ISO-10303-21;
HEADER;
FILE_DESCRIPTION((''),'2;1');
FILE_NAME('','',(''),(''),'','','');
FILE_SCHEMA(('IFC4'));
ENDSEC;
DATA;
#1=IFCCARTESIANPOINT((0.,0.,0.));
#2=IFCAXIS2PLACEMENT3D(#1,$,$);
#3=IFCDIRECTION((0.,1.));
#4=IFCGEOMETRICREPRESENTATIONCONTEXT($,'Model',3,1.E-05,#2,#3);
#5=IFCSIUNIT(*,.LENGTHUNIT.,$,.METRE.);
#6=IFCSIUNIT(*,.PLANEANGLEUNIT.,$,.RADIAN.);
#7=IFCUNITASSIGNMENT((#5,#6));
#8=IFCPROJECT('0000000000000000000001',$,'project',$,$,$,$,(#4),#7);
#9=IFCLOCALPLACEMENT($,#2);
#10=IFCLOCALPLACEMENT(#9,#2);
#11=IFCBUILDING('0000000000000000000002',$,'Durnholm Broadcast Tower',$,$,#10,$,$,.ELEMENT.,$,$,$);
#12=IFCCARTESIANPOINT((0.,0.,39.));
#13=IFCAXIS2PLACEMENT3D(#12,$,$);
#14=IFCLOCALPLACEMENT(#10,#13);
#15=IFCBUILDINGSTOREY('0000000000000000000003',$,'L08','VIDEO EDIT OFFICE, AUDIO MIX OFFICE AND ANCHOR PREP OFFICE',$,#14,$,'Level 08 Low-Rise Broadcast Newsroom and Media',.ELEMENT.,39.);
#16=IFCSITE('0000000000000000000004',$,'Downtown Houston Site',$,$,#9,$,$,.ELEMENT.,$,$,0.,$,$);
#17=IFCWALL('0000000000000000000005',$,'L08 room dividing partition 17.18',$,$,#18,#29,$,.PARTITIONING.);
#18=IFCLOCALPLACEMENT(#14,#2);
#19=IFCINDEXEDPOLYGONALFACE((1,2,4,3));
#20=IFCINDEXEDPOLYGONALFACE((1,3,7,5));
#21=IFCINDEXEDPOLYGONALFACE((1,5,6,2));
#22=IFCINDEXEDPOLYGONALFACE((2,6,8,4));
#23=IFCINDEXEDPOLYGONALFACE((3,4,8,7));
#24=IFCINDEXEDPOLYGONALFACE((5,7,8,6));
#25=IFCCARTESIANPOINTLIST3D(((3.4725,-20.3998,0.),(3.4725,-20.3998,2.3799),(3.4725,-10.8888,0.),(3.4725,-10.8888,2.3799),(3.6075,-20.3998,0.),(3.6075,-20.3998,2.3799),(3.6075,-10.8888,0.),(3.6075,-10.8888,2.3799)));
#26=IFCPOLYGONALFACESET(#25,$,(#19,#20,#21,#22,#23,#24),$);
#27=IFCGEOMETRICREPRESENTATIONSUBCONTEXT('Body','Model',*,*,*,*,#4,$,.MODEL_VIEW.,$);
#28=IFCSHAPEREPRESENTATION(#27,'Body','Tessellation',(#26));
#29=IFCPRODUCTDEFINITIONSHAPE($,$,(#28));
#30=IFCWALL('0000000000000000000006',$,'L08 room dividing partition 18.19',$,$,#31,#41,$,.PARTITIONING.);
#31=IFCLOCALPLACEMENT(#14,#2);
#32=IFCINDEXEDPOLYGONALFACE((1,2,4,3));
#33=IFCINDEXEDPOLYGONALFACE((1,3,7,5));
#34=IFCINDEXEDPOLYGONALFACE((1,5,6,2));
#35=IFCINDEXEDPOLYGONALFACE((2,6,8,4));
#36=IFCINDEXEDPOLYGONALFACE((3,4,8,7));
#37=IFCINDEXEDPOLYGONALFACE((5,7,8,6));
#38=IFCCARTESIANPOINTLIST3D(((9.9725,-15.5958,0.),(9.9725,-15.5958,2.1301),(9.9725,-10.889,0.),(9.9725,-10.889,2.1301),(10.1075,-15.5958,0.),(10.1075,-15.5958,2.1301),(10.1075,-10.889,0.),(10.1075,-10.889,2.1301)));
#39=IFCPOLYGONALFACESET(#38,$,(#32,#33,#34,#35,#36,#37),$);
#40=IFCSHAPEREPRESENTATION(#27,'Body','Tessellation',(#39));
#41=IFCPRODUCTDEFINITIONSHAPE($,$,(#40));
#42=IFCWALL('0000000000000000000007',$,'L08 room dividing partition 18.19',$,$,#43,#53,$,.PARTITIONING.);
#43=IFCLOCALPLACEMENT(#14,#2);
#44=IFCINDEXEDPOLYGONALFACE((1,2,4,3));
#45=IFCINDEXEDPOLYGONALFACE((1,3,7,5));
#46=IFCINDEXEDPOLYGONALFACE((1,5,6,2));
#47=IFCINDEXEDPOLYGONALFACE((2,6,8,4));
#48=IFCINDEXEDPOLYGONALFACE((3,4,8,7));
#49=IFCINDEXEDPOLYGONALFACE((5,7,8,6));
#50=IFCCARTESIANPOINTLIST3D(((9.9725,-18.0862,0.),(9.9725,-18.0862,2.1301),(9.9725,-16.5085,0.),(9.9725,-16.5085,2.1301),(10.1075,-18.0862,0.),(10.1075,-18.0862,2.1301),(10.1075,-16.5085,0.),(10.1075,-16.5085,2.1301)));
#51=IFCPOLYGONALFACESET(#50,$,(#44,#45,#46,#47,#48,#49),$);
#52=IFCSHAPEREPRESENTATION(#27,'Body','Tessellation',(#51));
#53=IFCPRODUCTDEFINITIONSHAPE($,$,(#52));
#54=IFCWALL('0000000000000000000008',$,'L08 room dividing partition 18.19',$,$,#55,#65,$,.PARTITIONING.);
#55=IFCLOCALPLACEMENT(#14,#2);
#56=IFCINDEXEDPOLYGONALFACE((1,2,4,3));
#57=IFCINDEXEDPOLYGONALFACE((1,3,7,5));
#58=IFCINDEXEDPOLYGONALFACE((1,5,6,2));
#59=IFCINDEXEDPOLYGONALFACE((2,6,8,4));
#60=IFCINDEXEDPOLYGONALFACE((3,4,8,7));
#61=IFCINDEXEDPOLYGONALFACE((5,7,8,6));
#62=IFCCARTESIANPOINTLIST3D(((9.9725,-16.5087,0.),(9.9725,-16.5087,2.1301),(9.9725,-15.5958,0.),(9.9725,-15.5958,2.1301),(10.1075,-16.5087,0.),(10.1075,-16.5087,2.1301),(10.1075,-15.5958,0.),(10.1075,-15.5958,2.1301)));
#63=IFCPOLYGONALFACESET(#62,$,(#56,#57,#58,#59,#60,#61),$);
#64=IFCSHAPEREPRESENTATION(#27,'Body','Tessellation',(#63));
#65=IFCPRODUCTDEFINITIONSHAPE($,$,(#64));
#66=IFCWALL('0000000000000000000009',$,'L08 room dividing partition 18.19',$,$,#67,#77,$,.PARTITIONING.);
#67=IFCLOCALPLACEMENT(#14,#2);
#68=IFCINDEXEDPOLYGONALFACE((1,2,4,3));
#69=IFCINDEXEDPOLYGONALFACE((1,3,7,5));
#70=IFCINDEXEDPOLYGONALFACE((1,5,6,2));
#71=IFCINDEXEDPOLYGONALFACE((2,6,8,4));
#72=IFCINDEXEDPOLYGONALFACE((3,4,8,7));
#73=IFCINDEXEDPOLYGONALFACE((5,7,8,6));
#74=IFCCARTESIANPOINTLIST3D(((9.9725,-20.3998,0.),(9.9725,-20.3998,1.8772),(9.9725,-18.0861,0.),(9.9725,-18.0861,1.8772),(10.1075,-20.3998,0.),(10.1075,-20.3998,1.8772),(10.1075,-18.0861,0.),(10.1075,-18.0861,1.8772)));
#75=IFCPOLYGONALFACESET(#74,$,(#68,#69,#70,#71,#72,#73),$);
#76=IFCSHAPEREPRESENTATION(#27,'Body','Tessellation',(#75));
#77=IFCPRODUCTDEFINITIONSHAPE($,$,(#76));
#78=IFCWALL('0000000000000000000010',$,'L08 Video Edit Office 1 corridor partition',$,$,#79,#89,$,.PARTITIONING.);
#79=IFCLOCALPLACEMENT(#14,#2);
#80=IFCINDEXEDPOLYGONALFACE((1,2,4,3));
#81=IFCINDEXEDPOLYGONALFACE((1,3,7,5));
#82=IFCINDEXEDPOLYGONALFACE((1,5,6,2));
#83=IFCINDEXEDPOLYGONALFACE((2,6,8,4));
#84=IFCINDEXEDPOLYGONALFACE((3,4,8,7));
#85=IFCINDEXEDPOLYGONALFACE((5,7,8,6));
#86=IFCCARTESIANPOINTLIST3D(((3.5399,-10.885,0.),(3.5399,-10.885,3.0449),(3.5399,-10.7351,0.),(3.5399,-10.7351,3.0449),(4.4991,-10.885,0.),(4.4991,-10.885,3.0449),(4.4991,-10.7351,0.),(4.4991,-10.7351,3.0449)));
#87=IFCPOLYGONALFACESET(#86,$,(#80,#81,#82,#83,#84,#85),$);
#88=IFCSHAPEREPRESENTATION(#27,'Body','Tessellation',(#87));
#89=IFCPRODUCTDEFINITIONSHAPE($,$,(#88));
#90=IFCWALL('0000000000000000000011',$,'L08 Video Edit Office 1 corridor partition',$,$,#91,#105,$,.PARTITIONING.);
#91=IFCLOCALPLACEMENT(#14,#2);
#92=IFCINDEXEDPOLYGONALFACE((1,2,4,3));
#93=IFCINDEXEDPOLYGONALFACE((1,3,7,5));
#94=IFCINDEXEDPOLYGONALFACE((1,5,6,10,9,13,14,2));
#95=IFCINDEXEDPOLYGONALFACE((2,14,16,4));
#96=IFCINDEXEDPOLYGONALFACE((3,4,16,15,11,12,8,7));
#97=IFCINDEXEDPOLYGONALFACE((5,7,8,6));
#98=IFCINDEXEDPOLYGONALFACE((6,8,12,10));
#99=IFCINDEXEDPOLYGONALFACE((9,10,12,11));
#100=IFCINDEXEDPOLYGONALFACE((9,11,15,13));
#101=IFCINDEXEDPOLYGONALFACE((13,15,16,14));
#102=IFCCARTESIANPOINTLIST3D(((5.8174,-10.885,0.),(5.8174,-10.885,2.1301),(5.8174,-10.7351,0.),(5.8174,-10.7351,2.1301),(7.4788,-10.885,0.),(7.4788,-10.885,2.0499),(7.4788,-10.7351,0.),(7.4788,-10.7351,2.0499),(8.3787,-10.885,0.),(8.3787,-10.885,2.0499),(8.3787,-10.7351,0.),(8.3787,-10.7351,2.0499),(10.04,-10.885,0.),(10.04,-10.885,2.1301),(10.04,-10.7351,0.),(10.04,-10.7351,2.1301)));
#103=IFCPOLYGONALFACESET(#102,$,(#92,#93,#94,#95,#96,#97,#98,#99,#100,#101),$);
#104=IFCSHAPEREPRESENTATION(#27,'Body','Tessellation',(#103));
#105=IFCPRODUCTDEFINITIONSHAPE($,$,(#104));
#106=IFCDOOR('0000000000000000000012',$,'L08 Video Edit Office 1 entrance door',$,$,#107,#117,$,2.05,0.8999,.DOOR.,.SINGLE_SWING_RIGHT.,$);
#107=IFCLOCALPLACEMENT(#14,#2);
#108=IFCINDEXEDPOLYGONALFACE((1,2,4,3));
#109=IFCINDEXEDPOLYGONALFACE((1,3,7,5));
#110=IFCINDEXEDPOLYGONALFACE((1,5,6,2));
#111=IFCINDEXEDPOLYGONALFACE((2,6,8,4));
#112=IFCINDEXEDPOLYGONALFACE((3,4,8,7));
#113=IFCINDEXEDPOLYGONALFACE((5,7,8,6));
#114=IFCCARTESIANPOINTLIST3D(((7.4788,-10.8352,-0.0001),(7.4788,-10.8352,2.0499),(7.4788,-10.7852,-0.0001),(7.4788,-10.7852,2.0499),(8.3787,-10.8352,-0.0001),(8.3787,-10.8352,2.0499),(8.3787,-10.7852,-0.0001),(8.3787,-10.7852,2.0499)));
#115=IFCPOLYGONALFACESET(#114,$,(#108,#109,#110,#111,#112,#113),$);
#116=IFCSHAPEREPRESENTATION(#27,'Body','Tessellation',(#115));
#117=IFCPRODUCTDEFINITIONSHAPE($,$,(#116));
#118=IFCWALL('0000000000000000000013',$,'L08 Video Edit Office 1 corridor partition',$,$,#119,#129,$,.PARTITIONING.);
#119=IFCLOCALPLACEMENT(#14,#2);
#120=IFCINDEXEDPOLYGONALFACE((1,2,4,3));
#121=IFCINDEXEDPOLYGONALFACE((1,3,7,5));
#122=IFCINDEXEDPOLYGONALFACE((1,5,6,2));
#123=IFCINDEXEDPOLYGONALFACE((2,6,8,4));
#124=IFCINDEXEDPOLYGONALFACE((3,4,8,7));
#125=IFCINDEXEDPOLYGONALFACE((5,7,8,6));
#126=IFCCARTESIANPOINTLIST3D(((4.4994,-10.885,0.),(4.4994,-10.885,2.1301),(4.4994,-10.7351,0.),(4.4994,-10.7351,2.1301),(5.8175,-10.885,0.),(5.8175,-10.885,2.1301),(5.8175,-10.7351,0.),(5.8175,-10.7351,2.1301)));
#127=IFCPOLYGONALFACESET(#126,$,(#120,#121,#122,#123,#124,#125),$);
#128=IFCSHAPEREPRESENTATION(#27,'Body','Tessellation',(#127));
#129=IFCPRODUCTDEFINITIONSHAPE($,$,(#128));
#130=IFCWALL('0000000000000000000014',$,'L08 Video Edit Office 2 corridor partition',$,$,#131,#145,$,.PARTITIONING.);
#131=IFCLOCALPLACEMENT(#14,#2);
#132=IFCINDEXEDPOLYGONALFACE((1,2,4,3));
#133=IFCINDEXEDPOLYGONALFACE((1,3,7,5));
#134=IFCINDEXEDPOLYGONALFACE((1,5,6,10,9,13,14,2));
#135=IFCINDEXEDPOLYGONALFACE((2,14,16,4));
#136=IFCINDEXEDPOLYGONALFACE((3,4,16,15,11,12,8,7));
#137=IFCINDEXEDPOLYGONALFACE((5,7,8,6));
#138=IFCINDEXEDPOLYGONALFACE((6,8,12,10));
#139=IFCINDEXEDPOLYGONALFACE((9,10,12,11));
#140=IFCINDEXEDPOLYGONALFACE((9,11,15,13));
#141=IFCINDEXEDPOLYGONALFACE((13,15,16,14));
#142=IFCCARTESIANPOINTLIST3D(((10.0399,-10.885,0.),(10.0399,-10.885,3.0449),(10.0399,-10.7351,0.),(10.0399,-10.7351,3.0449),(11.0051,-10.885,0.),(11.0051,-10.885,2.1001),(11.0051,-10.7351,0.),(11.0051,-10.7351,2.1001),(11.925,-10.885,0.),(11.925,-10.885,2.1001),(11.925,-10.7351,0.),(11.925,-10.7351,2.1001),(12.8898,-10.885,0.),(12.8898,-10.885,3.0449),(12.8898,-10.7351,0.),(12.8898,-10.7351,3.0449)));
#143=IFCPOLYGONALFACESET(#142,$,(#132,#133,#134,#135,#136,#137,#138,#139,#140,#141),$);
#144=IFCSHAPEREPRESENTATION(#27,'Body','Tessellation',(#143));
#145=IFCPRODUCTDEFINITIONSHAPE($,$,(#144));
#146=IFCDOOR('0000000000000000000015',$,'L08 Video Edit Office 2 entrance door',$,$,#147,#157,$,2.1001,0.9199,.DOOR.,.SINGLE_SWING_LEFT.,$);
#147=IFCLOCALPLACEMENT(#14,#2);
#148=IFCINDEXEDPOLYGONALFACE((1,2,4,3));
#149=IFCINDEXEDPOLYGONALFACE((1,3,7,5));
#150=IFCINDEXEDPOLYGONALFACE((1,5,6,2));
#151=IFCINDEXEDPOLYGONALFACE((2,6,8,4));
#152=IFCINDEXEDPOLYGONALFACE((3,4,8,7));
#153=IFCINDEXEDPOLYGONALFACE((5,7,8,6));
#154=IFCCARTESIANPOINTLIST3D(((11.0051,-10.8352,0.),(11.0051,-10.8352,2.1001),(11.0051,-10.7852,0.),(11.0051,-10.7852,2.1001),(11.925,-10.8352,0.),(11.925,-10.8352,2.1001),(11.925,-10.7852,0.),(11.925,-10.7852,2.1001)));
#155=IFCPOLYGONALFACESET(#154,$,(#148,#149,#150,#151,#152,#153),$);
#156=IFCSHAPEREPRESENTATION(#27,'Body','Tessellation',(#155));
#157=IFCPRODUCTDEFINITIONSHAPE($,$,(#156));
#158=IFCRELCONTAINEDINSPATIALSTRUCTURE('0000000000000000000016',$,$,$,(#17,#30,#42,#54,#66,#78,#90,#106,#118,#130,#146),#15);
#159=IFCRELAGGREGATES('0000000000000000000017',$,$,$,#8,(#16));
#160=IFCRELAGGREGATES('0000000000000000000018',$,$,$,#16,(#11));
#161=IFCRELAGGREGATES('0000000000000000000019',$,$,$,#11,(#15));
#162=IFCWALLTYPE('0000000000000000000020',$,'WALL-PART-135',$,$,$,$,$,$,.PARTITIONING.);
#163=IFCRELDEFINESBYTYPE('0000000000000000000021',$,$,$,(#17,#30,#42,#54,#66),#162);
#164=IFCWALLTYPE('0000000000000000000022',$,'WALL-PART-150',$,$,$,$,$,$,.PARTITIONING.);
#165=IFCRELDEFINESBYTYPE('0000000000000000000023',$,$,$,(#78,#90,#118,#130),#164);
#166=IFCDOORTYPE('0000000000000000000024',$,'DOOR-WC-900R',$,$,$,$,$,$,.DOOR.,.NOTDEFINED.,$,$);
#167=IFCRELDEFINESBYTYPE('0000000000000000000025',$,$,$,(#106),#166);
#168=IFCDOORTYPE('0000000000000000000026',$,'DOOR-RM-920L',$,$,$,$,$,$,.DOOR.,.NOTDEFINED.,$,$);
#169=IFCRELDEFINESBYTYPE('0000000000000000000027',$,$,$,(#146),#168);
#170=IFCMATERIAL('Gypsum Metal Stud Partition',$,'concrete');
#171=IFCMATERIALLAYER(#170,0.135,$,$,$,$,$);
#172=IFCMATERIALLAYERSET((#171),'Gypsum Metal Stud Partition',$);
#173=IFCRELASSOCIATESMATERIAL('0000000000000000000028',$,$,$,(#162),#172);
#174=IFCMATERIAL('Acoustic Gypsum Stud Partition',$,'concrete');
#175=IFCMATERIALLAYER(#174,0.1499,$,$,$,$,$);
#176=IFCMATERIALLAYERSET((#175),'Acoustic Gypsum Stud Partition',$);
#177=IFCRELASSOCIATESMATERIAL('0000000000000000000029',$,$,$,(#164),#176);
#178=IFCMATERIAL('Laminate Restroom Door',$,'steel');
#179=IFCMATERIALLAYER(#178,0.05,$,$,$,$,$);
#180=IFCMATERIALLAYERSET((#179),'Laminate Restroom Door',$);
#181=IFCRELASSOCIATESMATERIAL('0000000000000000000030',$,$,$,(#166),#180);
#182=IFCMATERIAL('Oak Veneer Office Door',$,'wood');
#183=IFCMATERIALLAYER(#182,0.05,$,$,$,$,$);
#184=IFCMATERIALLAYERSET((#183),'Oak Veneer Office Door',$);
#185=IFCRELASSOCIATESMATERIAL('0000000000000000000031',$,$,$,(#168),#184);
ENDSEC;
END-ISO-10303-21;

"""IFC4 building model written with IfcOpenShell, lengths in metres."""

from ifc_helpers import new_model, si_unit, direction, frame, frame_2d, origin, place, context, subcontext, project, spatial, rectangle, extrude, source, transform, mapped, material, layer, layer_set, type_object, type_shapes, element, fill, save


model = new_model("IFC4")

# Units and contexts
model_context = context("Model", 3, precision=1e-05, world=origin(), true_north=direction((0.0, 1.0)))
body_context = subcontext(model_context, "Body", "Model", "MODEL_VIEW")
ifc_project = project(units=[si_unit("LENGTHUNIT", "METRE"), si_unit("PLANEANGLEUNIT", "RADIAN")], contexts=[model_context])

# Site, building, storey
site_placement = place(None, origin())
site = spatial("IfcSite", under=ifc_project, at=site_placement, Name="Downtown Houston Site", CompositionType="ELEMENT", RefElevation=0.0)
building_placement = place(site_placement, origin())
building = spatial("IfcBuilding", under=site, at=building_placement, Name="Durnholm Broadcast Tower", CompositionType="ELEMENT")
storey_placement = place(building_placement, frame((0.0, 0.0, 39.0)))
storey = spatial("IfcBuildingStorey", under=building, at=storey_placement, Name="L08", Description="VIDEO EDIT OFFICE, AUDIO MIX OFFICE AND ANCHOR PREP OFFICE", LongName="Level 08 Low-Rise Broadcast Newsroom and Media", CompositionType="ELEMENT", Elevation=39.0)

# Walls
ifc_material_1 = material(Name="Gypsum Metal Stud Partition", Category="concrete")
ifc_layer_1 = layer(ifc_material_1, 0.135)
ifc_layer_set_1 = layer_set([ifc_layer_1], Name="Gypsum Metal Stud Partition")
wall_type_1 = type_object("IfcWallType", Name="WALL-PART-135", PredefinedType="PARTITIONING", material=ifc_layer_set_1)
wall_1_placement = place(storey_placement, frame((3.54, -10.8889, 0.0), z_axis=(0.0, 0.0, 1.0), x_axis=(0.0, -1.0, 0.0)))
element("IfcWall", 1, at=wall_1_placement, inside=storey, type_object=wall_type_1, Name="L08 room dividing partition 17.18", PredefinedType="PARTITIONING", context=body_context, shape_type="SweptSolid", body=[
    extrude(rectangle(XDim=9.511, YDim=0.135, at=frame_2d((4.7554, 0.0))), origin(), (0.0, 0.0, 1.0), 2.3799),
])
wall_2_placement = place(storey_placement, frame((10.04, -10.8889, 0.0), z_axis=(0.0, 0.0, 1.0), x_axis=(0.0, -1.0, 0.0)))
element("IfcWall", 2, at=wall_2_placement, inside=storey, type_object=wall_type_1, Name="L08 room dividing partition 18.19", PredefinedType="PARTITIONING", context=body_context, shape_type="SweptSolid", body=[
    extrude(rectangle(XDim=4.7068, YDim=0.135, at=frame_2d((2.3535, 0.0))), origin(), (0.0, 0.0, 1.0), 2.1301),
])
wall_3_placement = place(storey_placement, frame((10.04, -16.5085, 0.0), z_axis=(0.0, 0.0, 1.0), x_axis=(0.0, -1.0, 0.0)))
element("IfcWall", 3, at=wall_3_placement, inside=storey, type_object=wall_type_1, Name="L08 room dividing partition 18.19", PredefinedType="PARTITIONING", context=body_context, shape_type="SweptSolid", body=[
    extrude(rectangle(XDim=1.5776, YDim=0.135, at=frame_2d((0.7888, 0.0))), origin(), (0.0, 0.0, 1.0), 2.1301),
])
wall_4_placement = place(storey_placement, frame((10.04, -15.5957, 0.0), z_axis=(0.0, 0.0, 1.0), x_axis=(0.0, -1.0, 0.0)))
element("IfcWall", 4, at=wall_4_placement, inside=storey, type_object=wall_type_1, Name="L08 room dividing partition 18.19", PredefinedType="PARTITIONING", context=body_context, shape_type="SweptSolid", body=[
    extrude(rectangle(XDim=0.9128, YDim=0.135, at=frame_2d((0.4565, 0.0))), origin(), (0.0, 0.0, 1.0), 2.1301),
])
wall_5_placement = place(storey_placement, frame((10.04, -18.0862, 0.0), z_axis=(0.0, 0.0, 1.0), x_axis=(0.0, -1.0, 0.0)))
element("IfcWall", 5, at=wall_5_placement, inside=storey, type_object=wall_type_1, Name="L08 room dividing partition 18.19", PredefinedType="PARTITIONING", context=body_context, shape_type="SweptSolid", body=[
    extrude(rectangle(XDim=2.3137, YDim=0.135, at=frame_2d((1.1567, 0.0))), origin(), (0.0, 0.0, 1.0), 1.8772),
])
ifc_material_2 = material(Name="Acoustic Gypsum Stud Partition", Category="concrete")
ifc_layer_2 = layer(ifc_material_2, 0.1499)
ifc_layer_set_2 = layer_set([ifc_layer_2], Name="Acoustic Gypsum Stud Partition")
wall_type_2 = type_object("IfcWallType", Name="WALL-PART-150", PredefinedType="PARTITIONING", material=ifc_layer_set_2)
wall_6_placement = place(storey_placement, frame((3.54, -10.8101, 0.0), z_axis=(0.0, 0.0, 1.0), x_axis=(1.0, 0.0, 0.0)))
element("IfcWall", 6, at=wall_6_placement, inside=storey, type_object=wall_type_2, Name="L08 Video Edit Office 1 corridor partition", PredefinedType="PARTITIONING", context=body_context, shape_type="SweptSolid", body=[
    extrude(rectangle(XDim=0.9592, YDim=0.1499, at=frame_2d((0.4795, 0.0))), origin(), (0.0, 0.0, 1.0), 3.0449),
])

# Wall, opening, door
wall_7_placement = place(storey_placement, frame((5.8174, -10.8101, 0.0), z_axis=(0.0, 0.0, 1.0), x_axis=(1.0, 0.0, 0.0)))
wall_7 = element("IfcWall", 7, at=wall_7_placement, inside=storey, type_object=wall_type_2, Name="L08 Video Edit Office 1 corridor partition", PredefinedType="PARTITIONING", context=body_context, shape_type="SweptSolid", body=[
    extrude(rectangle(XDim=4.2227, YDim=0.1499, at=frame_2d((2.1113, 0.0))), origin(), (0.0, 0.0, 1.0), 2.1301),
])
opening_1_placement = place(wall_7_placement, frame((1.6614, 0.0, 0.0)))
opening_1 = element("IfcOpeningElement", 8, at=opening_1_placement, cuts=wall_7, PredefinedType="OPENING", context=body_context, shape_type="SweptSolid", body=[
    extrude(rectangle(XDim=0.8999, YDim=2.05, at=frame_2d((0.45, 1.0249))), frame((0.0, 0.085, 0.0), z_axis=(0.0, -1.0, 0.0), x_axis=(1.0, 0.0, 0.0)), (0.0, 0.0, 1.0), 0.1699),
])
ifc_material_3 = material(Name="Laminate Restroom Door", Category="steel")
ifc_layer_3 = layer(ifc_material_3, 0.05)
ifc_layer_set_3 = layer_set([ifc_layer_3], Name="Laminate Restroom Door")
door_type_1 = type_object("IfcDoorType", Name="DOOR-WC-900R", OperationType="NOTDEFINED", PredefinedType="DOOR", material=ifc_layer_set_3)
shared_shape_1 = source(origin(), body_context, "Body", "SweptSolid", [
    extrude(rectangle(XDim=0.8999, YDim=2.05, at=frame_2d((0.45, 1.0249))), frame((0.0, 0.0249, 0.0), z_axis=(0.0, -1.0, 0.0), x_axis=(1.0, 0.0, 0.0)), (0.0, 0.0, 1.0), 0.05),
])
type_shapes(door_type_1, [shared_shape_1])
door_1_placement = place(opening_1_placement, origin())
door_1 = element("IfcDoor", 9, at=door_1_placement, inside=storey, type_object=door_type_1, Name="L08 Video Edit Office 1 entrance door", OperationType="SINGLE_SWING_RIGHT", OverallHeight=2.05, OverallWidth=0.8999, PredefinedType="DOOR", context=body_context, shape_type="MappedRepresentation", body=[
    mapped(shared_shape_1, transform((0.0, 0.0, 0.0), x_axis=(1.0, 0.0, 0.0), y_axis=(0.0, 1.0, 0.0), z_axis=(0.0, 0.0, 1.0), scale=1.0)),
])
fill(opening_1, door_1)

# Wall
wall_8_placement = place(storey_placement, frame((4.4993, -10.8101, 0.0), z_axis=(0.0, 0.0, 1.0), x_axis=(1.0, 0.0, 0.0)))
element("IfcWall", 10, at=wall_8_placement, inside=storey, type_object=wall_type_2, Name="L08 Video Edit Office 1 corridor partition", PredefinedType="PARTITIONING", context=body_context, shape_type="SweptSolid", body=[
    extrude(rectangle(XDim=1.3181, YDim=0.1499, at=frame_2d((0.6592, 0.0))), origin(), (0.0, 0.0, 1.0), 2.1301),
])

# Wall, opening, door
wall_9_placement = place(storey_placement, frame((10.04, -10.8101, 0.0), z_axis=(0.0, 0.0, 1.0), x_axis=(1.0, 0.0, 0.0)))
wall_9 = element("IfcWall", 11, at=wall_9_placement, inside=storey, type_object=wall_type_2, Name="L08 Video Edit Office 2 corridor partition", PredefinedType="PARTITIONING", context=body_context, shape_type="SweptSolid", body=[
    extrude(rectangle(XDim=2.8499, YDim=0.1499, at=frame_2d((1.4248, 0.0))), origin(), (0.0, 0.0, 1.0), 3.0449),
])
opening_2_placement = place(wall_9_placement, frame((0.9651, 0.0, 0.0)))
opening_2 = element("IfcOpeningElement", 12, at=opening_2_placement, cuts=wall_9, PredefinedType="OPENING", context=body_context, shape_type="SweptSolid", body=[
    extrude(rectangle(XDim=0.9199, YDim=2.1001, at=frame_2d((0.46, 1.05))), frame((0.0, 0.085, 0.0), z_axis=(0.0, -1.0, 0.0), x_axis=(1.0, 0.0, 0.0)), (0.0, 0.0, 1.0), 0.1699),
])
ifc_material_4 = material(Name="Oak Veneer Office Door", Category="wood")
ifc_layer_4 = layer(ifc_material_4, 0.05)
ifc_layer_set_4 = layer_set([ifc_layer_4], Name="Oak Veneer Office Door")
door_type_2 = type_object("IfcDoorType", Name="DOOR-RM-920L", OperationType="NOTDEFINED", PredefinedType="DOOR", material=ifc_layer_set_4)
shared_shape_2 = source(origin(), body_context, "Body", "SweptSolid", [
    extrude(rectangle(XDim=0.9199, YDim=2.1001, at=frame_2d((0.46, 1.05))), frame((0.0, 0.0249, 0.0), z_axis=(0.0, -1.0, 0.0), x_axis=(1.0, 0.0, 0.0)), (0.0, 0.0, 1.0), 0.05),
])
type_shapes(door_type_2, [shared_shape_2])
door_2_placement = place(opening_2_placement, origin())
door_2 = element("IfcDoor", 13, at=door_2_placement, inside=storey, type_object=door_type_2, Name="L08 Video Edit Office 2 entrance door", OperationType="SINGLE_SWING_LEFT", OverallHeight=2.1001, OverallWidth=0.9199, PredefinedType="DOOR", context=body_context, shape_type="MappedRepresentation", body=[
    mapped(shared_shape_2, transform((0.0, 0.0, 0.0), x_axis=(1.0, 0.0, 0.0), y_axis=(0.0, 1.0, 0.0), z_axis=(0.0, 0.0, 1.0), scale=1.0)),
])
fill(opening_2, door_2)

save(model, "model.ifc")
